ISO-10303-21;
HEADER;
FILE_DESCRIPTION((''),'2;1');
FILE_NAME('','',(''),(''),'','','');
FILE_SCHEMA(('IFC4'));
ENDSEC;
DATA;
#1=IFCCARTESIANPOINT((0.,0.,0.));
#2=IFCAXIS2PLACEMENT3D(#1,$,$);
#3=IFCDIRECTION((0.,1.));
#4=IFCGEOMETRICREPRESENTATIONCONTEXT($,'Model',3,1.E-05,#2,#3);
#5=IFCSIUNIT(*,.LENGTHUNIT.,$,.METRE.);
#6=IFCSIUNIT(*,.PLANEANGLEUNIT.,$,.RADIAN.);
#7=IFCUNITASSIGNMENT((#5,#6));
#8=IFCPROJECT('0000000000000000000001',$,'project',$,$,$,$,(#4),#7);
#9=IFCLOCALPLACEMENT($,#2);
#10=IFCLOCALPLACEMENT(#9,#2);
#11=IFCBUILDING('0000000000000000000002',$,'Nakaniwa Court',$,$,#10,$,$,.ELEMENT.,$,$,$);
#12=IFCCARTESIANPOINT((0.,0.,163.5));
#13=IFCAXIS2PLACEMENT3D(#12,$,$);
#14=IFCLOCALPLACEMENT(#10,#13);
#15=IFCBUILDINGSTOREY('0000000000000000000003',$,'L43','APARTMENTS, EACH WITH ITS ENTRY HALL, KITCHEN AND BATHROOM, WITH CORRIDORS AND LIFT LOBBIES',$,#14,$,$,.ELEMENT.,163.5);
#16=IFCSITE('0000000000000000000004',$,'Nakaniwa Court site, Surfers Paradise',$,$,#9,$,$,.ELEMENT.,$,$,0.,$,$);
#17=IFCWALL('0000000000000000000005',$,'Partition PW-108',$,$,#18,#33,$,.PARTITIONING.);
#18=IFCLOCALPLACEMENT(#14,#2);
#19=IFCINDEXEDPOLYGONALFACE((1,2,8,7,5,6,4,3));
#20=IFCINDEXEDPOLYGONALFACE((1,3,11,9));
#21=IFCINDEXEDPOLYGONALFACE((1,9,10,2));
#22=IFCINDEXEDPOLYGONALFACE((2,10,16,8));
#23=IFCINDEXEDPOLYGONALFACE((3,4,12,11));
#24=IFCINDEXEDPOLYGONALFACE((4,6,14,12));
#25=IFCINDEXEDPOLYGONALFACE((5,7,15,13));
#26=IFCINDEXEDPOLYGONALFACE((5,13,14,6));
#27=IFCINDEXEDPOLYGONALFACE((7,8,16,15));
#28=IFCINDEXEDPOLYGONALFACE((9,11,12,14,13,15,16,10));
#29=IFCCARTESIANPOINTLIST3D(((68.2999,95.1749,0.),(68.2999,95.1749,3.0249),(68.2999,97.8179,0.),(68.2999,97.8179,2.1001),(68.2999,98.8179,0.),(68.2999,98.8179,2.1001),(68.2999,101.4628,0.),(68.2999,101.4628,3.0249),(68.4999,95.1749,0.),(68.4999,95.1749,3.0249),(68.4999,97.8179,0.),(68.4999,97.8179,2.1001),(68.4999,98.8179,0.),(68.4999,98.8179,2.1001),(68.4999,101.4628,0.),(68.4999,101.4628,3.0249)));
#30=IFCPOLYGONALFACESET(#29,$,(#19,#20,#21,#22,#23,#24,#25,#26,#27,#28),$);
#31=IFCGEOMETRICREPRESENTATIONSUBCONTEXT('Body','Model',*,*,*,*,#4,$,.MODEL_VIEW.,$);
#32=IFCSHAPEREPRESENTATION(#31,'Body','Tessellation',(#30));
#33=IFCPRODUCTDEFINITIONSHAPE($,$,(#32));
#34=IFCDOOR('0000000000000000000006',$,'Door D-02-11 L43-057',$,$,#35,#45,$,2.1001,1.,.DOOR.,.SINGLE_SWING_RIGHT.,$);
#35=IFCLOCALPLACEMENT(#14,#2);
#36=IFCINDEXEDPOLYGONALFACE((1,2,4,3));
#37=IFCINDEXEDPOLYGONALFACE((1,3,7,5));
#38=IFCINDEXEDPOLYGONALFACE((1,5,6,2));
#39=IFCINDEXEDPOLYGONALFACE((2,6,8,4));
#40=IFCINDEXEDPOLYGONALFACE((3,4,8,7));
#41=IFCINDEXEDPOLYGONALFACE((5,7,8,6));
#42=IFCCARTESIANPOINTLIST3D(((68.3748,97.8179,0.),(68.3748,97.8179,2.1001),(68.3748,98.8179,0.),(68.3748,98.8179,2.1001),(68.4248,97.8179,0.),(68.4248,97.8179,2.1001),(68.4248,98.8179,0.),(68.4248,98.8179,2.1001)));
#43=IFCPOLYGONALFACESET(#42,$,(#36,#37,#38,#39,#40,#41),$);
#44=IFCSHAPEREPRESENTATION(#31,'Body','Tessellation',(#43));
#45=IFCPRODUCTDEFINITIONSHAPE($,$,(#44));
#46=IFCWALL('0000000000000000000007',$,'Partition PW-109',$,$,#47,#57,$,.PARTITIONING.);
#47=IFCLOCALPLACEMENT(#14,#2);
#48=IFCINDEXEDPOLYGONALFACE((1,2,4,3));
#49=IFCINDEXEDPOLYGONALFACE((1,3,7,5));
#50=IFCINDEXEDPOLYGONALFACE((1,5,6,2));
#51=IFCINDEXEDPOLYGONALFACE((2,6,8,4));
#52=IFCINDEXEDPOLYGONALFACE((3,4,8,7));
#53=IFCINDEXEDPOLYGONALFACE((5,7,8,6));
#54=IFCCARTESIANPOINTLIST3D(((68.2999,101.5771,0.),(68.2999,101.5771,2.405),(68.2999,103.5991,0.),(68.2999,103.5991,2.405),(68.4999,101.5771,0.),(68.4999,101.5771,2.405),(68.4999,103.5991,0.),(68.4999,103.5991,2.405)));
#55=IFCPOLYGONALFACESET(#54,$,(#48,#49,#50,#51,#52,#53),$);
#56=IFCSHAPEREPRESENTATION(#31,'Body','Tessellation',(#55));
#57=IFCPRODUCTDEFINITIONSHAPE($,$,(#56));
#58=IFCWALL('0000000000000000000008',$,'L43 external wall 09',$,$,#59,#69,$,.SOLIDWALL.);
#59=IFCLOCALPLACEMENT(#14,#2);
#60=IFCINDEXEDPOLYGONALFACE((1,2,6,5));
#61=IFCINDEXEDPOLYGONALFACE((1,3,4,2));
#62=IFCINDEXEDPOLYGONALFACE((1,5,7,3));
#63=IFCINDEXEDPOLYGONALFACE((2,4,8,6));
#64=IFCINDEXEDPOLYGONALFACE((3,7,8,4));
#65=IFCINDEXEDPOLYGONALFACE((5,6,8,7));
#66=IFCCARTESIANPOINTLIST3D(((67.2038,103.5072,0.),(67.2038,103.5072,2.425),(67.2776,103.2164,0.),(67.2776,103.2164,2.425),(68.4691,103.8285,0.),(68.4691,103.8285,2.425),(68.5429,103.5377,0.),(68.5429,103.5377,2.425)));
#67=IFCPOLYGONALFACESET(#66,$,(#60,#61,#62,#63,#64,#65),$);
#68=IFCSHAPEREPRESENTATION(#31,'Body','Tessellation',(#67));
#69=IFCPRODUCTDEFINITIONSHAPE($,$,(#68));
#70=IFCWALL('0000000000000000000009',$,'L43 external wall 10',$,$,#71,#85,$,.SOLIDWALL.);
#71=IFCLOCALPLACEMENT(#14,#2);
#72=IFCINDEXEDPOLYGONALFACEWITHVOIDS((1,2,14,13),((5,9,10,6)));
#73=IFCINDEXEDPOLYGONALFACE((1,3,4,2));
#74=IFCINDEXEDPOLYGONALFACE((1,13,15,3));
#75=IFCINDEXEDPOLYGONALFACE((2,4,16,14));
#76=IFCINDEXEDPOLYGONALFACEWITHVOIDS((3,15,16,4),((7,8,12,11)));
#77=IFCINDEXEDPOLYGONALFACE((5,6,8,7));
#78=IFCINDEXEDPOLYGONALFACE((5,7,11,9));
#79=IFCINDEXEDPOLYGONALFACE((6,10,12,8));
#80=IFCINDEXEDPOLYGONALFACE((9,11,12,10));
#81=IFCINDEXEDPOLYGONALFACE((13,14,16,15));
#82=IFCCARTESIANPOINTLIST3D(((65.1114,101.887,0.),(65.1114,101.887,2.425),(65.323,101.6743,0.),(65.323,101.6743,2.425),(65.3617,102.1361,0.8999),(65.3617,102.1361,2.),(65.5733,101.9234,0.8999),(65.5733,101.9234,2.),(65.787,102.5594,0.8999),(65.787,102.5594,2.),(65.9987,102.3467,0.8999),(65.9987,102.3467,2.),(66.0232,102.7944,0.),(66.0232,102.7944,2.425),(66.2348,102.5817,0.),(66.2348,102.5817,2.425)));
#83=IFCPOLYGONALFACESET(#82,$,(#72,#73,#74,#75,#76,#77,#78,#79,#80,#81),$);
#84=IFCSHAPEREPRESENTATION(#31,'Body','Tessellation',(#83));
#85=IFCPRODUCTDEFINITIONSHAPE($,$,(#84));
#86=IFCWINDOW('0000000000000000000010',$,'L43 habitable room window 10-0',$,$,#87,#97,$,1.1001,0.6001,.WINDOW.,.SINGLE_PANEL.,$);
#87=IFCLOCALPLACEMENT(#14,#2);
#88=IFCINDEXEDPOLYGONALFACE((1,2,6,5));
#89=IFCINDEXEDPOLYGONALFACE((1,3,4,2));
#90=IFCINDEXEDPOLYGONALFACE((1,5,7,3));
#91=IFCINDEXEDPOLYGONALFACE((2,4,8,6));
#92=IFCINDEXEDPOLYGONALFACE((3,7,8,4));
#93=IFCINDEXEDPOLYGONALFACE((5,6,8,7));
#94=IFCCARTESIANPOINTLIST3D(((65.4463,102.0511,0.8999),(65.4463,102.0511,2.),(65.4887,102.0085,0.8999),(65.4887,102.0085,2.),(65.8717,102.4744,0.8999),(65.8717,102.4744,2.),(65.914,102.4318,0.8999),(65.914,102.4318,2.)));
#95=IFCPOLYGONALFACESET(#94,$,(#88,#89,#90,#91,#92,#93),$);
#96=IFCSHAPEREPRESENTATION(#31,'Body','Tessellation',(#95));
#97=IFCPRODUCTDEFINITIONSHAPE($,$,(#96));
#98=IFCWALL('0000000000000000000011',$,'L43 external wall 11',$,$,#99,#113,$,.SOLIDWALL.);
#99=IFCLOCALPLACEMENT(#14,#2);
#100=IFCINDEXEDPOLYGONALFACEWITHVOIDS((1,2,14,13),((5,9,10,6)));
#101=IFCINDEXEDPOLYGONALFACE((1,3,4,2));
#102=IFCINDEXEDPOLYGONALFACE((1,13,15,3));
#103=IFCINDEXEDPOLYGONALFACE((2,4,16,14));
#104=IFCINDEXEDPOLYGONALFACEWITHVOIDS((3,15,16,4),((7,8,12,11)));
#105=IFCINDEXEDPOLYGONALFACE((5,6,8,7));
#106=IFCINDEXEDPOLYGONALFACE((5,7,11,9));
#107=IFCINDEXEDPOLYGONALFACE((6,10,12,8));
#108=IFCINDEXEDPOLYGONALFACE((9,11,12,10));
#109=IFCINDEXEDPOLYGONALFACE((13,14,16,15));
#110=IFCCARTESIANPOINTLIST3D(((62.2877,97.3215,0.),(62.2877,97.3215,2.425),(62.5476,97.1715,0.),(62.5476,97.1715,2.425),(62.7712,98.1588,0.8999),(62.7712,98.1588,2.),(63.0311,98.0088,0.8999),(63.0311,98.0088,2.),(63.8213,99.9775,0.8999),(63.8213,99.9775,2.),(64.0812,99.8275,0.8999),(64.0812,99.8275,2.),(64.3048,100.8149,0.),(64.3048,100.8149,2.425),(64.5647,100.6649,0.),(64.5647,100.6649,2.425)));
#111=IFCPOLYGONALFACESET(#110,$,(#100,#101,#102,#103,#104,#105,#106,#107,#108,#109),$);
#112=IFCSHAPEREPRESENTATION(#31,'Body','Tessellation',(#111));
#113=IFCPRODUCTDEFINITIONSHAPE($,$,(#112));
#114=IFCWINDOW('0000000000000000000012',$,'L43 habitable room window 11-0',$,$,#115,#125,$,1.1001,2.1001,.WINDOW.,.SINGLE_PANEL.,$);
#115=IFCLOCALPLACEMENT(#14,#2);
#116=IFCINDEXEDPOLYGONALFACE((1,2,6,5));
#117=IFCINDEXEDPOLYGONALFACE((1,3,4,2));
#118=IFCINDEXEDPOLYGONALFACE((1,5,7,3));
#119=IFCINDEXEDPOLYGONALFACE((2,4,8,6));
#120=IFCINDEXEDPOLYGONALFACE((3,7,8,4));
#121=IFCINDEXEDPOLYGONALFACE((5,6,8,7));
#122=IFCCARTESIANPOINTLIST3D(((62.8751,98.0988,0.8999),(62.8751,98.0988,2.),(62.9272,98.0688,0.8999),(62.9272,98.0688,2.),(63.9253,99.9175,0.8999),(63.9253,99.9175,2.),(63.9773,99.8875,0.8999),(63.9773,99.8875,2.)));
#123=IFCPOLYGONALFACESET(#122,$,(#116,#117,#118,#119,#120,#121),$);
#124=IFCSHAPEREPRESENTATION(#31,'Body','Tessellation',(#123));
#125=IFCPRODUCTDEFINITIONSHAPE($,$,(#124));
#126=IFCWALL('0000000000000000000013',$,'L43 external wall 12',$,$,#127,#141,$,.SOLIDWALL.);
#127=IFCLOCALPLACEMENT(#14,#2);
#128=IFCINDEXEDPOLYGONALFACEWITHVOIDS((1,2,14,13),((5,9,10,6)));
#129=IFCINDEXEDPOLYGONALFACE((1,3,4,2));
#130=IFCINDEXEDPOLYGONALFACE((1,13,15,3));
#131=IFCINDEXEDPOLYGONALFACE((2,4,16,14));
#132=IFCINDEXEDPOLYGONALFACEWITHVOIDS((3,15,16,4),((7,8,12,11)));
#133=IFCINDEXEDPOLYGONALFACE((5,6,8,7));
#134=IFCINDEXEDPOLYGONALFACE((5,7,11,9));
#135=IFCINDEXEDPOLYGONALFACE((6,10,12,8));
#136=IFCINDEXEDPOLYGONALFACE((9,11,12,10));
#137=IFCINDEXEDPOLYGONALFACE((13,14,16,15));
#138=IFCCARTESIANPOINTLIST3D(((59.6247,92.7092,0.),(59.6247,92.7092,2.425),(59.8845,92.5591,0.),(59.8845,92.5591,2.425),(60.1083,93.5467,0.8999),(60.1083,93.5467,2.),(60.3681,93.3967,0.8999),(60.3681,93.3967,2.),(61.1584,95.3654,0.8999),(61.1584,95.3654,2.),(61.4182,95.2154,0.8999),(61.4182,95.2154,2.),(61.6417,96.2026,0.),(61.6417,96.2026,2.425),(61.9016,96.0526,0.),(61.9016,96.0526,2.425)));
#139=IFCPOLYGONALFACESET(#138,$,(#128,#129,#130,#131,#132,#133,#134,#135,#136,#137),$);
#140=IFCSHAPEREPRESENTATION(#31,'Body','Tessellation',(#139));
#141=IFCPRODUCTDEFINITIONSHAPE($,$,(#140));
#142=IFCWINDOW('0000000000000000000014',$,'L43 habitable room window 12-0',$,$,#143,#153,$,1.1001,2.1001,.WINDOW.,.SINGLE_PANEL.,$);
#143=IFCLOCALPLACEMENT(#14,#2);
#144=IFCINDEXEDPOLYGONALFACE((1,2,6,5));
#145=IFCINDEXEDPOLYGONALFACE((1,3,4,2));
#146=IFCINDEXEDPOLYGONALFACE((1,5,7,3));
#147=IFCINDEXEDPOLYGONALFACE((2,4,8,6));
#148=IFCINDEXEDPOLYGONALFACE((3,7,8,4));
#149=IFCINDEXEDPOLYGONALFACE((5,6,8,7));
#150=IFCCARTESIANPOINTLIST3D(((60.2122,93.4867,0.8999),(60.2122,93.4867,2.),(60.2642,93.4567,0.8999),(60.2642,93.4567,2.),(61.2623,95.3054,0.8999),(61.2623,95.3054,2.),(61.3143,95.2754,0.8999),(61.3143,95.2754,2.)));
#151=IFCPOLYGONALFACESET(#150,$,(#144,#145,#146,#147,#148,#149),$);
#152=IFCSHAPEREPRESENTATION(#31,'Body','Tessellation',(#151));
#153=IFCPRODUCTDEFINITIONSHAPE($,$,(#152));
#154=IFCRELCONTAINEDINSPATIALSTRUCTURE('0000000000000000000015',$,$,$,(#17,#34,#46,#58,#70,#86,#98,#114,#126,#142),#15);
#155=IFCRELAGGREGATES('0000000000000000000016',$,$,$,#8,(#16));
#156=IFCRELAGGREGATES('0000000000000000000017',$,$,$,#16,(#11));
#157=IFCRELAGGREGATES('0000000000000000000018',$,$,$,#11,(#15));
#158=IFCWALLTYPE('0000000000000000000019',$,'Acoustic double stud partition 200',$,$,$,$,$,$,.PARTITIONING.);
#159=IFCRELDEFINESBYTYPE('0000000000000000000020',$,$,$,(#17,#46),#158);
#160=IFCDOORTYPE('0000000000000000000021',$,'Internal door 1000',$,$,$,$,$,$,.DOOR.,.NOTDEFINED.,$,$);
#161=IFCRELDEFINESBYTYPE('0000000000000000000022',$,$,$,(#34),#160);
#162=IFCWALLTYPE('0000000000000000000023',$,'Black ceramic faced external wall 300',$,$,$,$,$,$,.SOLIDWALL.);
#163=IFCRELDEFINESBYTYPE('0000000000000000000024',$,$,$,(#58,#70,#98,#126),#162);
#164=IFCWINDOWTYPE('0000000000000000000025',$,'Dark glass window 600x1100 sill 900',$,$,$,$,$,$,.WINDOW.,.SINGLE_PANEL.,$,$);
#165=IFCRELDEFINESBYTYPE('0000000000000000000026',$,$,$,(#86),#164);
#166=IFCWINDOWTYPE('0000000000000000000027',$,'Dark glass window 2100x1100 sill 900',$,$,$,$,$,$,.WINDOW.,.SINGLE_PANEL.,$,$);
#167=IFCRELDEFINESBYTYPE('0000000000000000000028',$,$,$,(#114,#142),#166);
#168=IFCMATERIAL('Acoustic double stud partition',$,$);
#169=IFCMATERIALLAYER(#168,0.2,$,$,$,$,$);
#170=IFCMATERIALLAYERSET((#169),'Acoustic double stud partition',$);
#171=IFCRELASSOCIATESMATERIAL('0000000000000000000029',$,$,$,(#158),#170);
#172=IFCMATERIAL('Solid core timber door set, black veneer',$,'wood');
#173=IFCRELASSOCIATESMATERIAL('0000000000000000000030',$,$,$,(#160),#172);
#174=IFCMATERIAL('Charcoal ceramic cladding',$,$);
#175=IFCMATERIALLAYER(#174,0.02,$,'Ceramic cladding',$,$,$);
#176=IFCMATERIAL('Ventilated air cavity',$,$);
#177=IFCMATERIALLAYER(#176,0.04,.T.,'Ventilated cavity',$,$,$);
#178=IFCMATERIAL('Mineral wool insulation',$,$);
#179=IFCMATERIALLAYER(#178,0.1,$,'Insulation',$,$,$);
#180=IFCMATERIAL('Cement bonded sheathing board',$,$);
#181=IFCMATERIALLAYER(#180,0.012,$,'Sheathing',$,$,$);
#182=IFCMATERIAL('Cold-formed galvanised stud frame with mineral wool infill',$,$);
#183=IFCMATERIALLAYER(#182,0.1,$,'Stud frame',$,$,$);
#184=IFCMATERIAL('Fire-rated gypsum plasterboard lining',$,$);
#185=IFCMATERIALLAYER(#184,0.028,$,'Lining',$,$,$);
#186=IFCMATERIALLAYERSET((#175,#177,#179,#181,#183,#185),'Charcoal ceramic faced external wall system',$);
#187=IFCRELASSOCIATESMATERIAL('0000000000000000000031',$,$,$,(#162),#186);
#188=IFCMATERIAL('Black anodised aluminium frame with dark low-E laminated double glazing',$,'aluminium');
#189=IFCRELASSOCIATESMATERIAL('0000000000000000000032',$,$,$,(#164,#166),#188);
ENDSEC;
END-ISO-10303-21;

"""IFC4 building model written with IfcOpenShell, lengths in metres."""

from ifc_helpers import new_model, si_unit, direction, frame, frame_2d, origin, place, context, subcontext, project, spatial, rectangle, extrude, material, layer, layer_set, type_object, element, fill, save


model = new_model("IFC4")

# Units and contexts
model_context = context("Model", 3, precision=1e-05, world=origin(), true_north=direction((0.0, 1.0)))
body_context = subcontext(model_context, "Body", "Model", "MODEL_VIEW")
ifc_project = project(units=[si_unit("LENGTHUNIT", "METRE"), si_unit("PLANEANGLEUNIT", "RADIAN")], contexts=[model_context])

# Site, building, storey
site_placement = place(None, origin())
site = spatial("IfcSite", under=ifc_project, at=site_placement, Name="Nakaniwa Court site, Surfers Paradise", CompositionType="ELEMENT", RefElevation=0.0)
building_placement = place(site_placement, origin())
building = spatial("IfcBuilding", under=site, at=building_placement, Name="Nakaniwa Court", CompositionType="ELEMENT")
storey_placement = place(building_placement, frame((0.0, 0.0, 163.5)))
storey = spatial("IfcBuildingStorey", under=building, at=storey_placement, Name="L43", Description="APARTMENTS, EACH WITH ITS ENTRY HALL, KITCHEN AND BATHROOM, WITH CORRIDORS AND LIFT LOBBIES", CompositionType="ELEMENT", Elevation=163.5)

# Shared definitions
ifc_material_1 = material(Name="Acoustic double stud partition")
ifc_layer_1 = layer(ifc_material_1, 0.2)
ifc_layer_set_1 = layer_set([ifc_layer_1], Name="Acoustic double stud partition")
wall_type_1 = type_object("IfcWallType", Name="Acoustic double stud partition 200", PredefinedType="PARTITIONING", material=ifc_layer_set_1)

# Wall, opening, door
wall_1_placement = place(storey_placement, frame((68.3999, 101.4629, 0.0), z_axis=(0.0, 0.0, 1.0), x_axis=(0.0, -1.0, 0.0)))
wall_1 = element("IfcWall", 1, at=wall_1_placement, inside=storey, type_object=wall_type_1, Name="Partition PW-108", PredefinedType="PARTITIONING", context=body_context, shape_type="SweptSolid", body=[
    extrude(rectangle(XDim=6.2878, YDim=0.2, at=frame_2d((3.144, 0.0))), origin(), (0.0, 0.0, 1.0), 3.0249),
])
opening_1_placement = place(wall_1_placement, frame((2.645, 0.0, 0.0)))
opening_1 = element("IfcOpeningElement", 2, at=opening_1_placement, cuts=wall_1, PredefinedType="OPENING", context=body_context, shape_type="SweptSolid", body=[
    extrude(rectangle(XDim=1.0, YDim=2.1001, at=frame_2d((0.5, 1.05))), frame((0.0, 0.1099, 0.0), z_axis=(0.0, -1.0, 0.0), x_axis=(1.0, 0.0, 0.0)), (0.0, 0.0, 1.0), 0.22),
])
ifc_material_2 = material(Name="Solid core timber door set, black veneer", Category="wood")
door_type_1 = type_object("IfcDoorType", Name="Internal door 1000", OperationType="NOTDEFINED", PredefinedType="DOOR", material=ifc_material_2)
door_1_placement = place(opening_1_placement, origin())
door_1 = element("IfcDoor", 3, at=door_1_placement, inside=storey, type_object=door_type_1, Name="Door D-02-11 L43-057", OperationType="SINGLE_SWING_RIGHT", OverallHeight=2.1001, OverallWidth=1.0, PredefinedType="DOOR", context=body_context, shape_type="SweptSolid", body=[
    extrude(rectangle(XDim=1.0, YDim=2.1001, at=frame_2d((0.5, 1.05))), frame((0.0, 0.0249, 0.0), z_axis=(0.0, -1.0, 0.0), x_axis=(1.0, 0.0, 0.0)), (0.0, 0.0, 1.0), 0.05),
])
fill(opening_1, door_1)

# Walls
wall_2_placement = place(storey_placement, frame((68.3999, 101.5771, 0.0), z_axis=(0.0, 0.0, 1.0), x_axis=(0.0, 1.0, 0.0)))
element("IfcWall", 4, at=wall_2_placement, inside=storey, type_object=wall_type_1, Name="Partition PW-109", PredefinedType="PARTITIONING", context=body_context, shape_type="SweptSolid", body=[
    extrude(rectangle(XDim=2.022, YDim=0.2, at=frame_2d((1.011, 0.0))), origin(), (0.0, 0.0, 1.0), 2.405),
])
ifc_material_3 = material(Name="Charcoal ceramic cladding")
ifc_layer_2 = layer(ifc_material_3, 0.02, Name="Ceramic cladding")
ifc_material_4 = material(Name="Ventilated air cavity")
ifc_layer_3 = layer(ifc_material_4, 0.04, ventilated=True, Name="Ventilated cavity")
ifc_material_5 = material(Name="Mineral wool insulation")
ifc_layer_4 = layer(ifc_material_5, 0.1, Name="Insulation")
ifc_material_6 = material(Name="Cement bonded sheathing board")
ifc_layer_5 = layer(ifc_material_6, 0.012, Name="Sheathing")
ifc_material_7 = material(Name="Cold-formed galvanised stud frame with mineral wool infill")
ifc_layer_6 = layer(ifc_material_7, 0.1, Name="Stud frame")
ifc_material_8 = material(Name="Fire-rated gypsum plasterboard lining")
ifc_layer_7 = layer(ifc_material_8, 0.028, Name="Lining")
ifc_layer_set_2 = layer_set([ifc_layer_2, ifc_layer_3, ifc_layer_4, ifc_layer_5, ifc_layer_6, ifc_layer_7], Name="Charcoal ceramic faced external wall system")
wall_type_2 = type_object("IfcWallType", Name="Black ceramic faced external wall 300", PredefinedType="SOLIDWALL", material=ifc_layer_set_2)
wall_3_placement = place(storey_placement, frame((68.5061, 103.6831, 0.0), z_axis=(0.0, 0.0, 1.0), x_axis=(-0.969245, -0.246098, 0.0)))
element("IfcWall", 5, at=wall_3_placement, inside=storey, type_object=wall_type_2, Name="L43 external wall 09", PredefinedType="SOLIDWALL", context=body_context, shape_type="SweptSolid", body=[
    extrude(rectangle(XDim=1.3054, YDim=0.3, at=frame_2d((0.6528, 0.0))), origin(), (0.0, 0.0, 1.0), 2.425),
])

# Walls, openings, windows
wall_4_placement = place(storey_placement, frame((66.1289, 102.688, 0.0), z_axis=(0.0, 0.0, 1.0), x_axis=(-0.708813, -0.705397, 0.0)))
wall_4 = element("IfcWall", 6, at=wall_4_placement, inside=storey, type_object=wall_type_2, Name="L43 external wall 10", PredefinedType="SOLIDWALL", context=body_context, shape_type="SweptSolid", body=[
    extrude(rectangle(XDim=1.2864, YDim=0.3, at=frame_2d((0.6431, 0.0))), origin(), (0.0, 0.0, 1.0), 2.425),
])
opening_2_placement = place(wall_4_placement, frame((0.333, 0.0, 0.8999)))
opening_2 = element("IfcOpeningElement", 7, at=opening_2_placement, cuts=wall_4, PredefinedType="OPENING", context=body_context, shape_type="SweptSolid", body=[
    extrude(rectangle(XDim=0.6001, YDim=1.1001, at=frame_2d((0.3, 0.55))), frame((0.0, 0.1599, 0.0), z_axis=(0.0, -1.0, 0.0), x_axis=(1.0, 0.0, 0.0)), (0.0, 0.0, 1.0), 0.3201),
])
ifc_material_9 = material(Name="Black anodised aluminium frame with dark low-E laminated double glazing", Category="aluminium")
window_type_1 = type_object("IfcWindowType", Name="Dark glass window 600x1100 sill 900", PartitioningType="SINGLE_PANEL", PredefinedType="WINDOW", material=ifc_material_9)
window_1_placement = place(opening_2_placement, origin())
window_1 = element("IfcWindow", 8, at=window_1_placement, inside=storey, type_object=window_type_1, Name="L43 habitable room window 10-0", OverallHeight=1.1001, OverallWidth=0.6001, PartitioningType="SINGLE_PANEL", PredefinedType="WINDOW", context=body_context, shape_type="SweptSolid", body=[
    extrude(rectangle(XDim=0.6001, YDim=1.1001, at=frame_2d((0.3, 0.55))), frame((0.0, 0.03, 0.0), z_axis=(0.0, -1.0, 0.0), x_axis=(1.0, 0.0, 0.0)), (0.0, 0.0, 1.0), 0.0601),
])
fill(opening_2, window_1)
wall_5_placement = place(storey_placement, frame((64.4348, 100.74, 0.0), z_axis=(0.0, 0.0, 1.0), x_axis=(-0.500032, -0.866007, 0.0)))
wall_5 = element("IfcWall", 9, at=wall_5_placement, inside=storey, type_object=wall_type_2, Name="L43 external wall 11", PredefinedType="SOLIDWALL", context=body_context, shape_type="SweptSolid", body=[
    extrude(rectangle(XDim=4.0339, YDim=0.3, at=frame_2d((2.0171, 0.0))), origin(), (0.0, 0.0, 1.0), 2.425),
])
opening_3_placement = place(wall_5_placement, frame((0.967, 0.0, 0.8999)))
opening_3 = element("IfcOpeningElement", 10, at=opening_3_placement, cuts=wall_5, PredefinedType="OPENING", context=body_context, shape_type="SweptSolid", body=[
    extrude(rectangle(XDim=2.1001, YDim=1.1001, at=frame_2d((1.05, 0.55))), frame((0.0, 0.1599, 0.0), z_axis=(0.0, -1.0, 0.0), x_axis=(1.0, 0.0, 0.0)), (0.0, 0.0, 1.0), 0.3201),
])
window_type_2 = type_object("IfcWindowType", Name="Dark glass window 2100x1100 sill 900", PartitioningType="SINGLE_PANEL", PredefinedType="WINDOW", material=ifc_material_9)
window_2_placement = place(opening_3_placement, origin())
window_2 = element("IfcWindow", 11, at=window_2_placement, inside=storey, type_object=window_type_2, Name="L43 habitable room window 11-0", OverallHeight=1.1001, OverallWidth=2.1001, PartitioningType="SINGLE_PANEL", PredefinedType="WINDOW", context=body_context, shape_type="SweptSolid", body=[
    extrude(rectangle(XDim=2.1001, YDim=1.1001, at=frame_2d((1.05, 0.55))), frame((0.0, 0.03, 0.0), z_axis=(0.0, -1.0, 0.0), x_axis=(1.0, 0.0, 0.0)), (0.0, 0.0, 1.0), 0.0601),
])
fill(opening_3, window_2)
wall_6_placement = place(storey_placement, frame((61.7717, 96.1277, 0.0), z_axis=(0.0, 0.0, 1.0), x_axis=(-0.500032, -0.866007, 0.0)))
wall_6 = element("IfcWall", 12, at=wall_6_placement, inside=storey, type_object=wall_type_2, Name="L43 external wall 12", PredefinedType="SOLIDWALL", context=body_context, shape_type="SweptSolid", body=[
    extrude(rectangle(XDim=4.0339, YDim=0.3, at=frame_2d((2.0171, 0.0))), origin(), (0.0, 0.0, 1.0), 2.425),
])
opening_4_placement = place(wall_6_placement, frame((0.9668, 0.0, 0.8999)))
opening_4 = element("IfcOpeningElement", 13, at=opening_4_placement, cuts=wall_6, PredefinedType="OPENING", context=body_context, shape_type="SweptSolid", body=[
    extrude(rectangle(XDim=2.1001, YDim=1.1001, at=frame_2d((1.05, 0.55))), frame((0.0, 0.1599, 0.0), z_axis=(0.0, -1.0, 0.0), x_axis=(1.0, 0.0, 0.0)), (0.0, 0.0, 1.0), 0.3201),
])
window_3_placement = place(opening_4_placement, origin())
window_3 = element("IfcWindow", 14, at=window_3_placement, inside=storey, type_object=window_type_2, Name="L43 habitable room window 12-0", OverallHeight=1.1001, OverallWidth=2.1001, PartitioningType="SINGLE_PANEL", PredefinedType="WINDOW", context=body_context, shape_type="SweptSolid", body=[
    extrude(rectangle(XDim=2.1001, YDim=1.1001, at=frame_2d((1.05, 0.55))), frame((0.0, 0.03, 0.0), z_axis=(0.0, -1.0, 0.0), x_axis=(1.0, 0.0, 0.0)), (0.0, 0.0, 1.0), 0.0601),
])
fill(opening_4, window_3)

save(model, "model.ifc")
